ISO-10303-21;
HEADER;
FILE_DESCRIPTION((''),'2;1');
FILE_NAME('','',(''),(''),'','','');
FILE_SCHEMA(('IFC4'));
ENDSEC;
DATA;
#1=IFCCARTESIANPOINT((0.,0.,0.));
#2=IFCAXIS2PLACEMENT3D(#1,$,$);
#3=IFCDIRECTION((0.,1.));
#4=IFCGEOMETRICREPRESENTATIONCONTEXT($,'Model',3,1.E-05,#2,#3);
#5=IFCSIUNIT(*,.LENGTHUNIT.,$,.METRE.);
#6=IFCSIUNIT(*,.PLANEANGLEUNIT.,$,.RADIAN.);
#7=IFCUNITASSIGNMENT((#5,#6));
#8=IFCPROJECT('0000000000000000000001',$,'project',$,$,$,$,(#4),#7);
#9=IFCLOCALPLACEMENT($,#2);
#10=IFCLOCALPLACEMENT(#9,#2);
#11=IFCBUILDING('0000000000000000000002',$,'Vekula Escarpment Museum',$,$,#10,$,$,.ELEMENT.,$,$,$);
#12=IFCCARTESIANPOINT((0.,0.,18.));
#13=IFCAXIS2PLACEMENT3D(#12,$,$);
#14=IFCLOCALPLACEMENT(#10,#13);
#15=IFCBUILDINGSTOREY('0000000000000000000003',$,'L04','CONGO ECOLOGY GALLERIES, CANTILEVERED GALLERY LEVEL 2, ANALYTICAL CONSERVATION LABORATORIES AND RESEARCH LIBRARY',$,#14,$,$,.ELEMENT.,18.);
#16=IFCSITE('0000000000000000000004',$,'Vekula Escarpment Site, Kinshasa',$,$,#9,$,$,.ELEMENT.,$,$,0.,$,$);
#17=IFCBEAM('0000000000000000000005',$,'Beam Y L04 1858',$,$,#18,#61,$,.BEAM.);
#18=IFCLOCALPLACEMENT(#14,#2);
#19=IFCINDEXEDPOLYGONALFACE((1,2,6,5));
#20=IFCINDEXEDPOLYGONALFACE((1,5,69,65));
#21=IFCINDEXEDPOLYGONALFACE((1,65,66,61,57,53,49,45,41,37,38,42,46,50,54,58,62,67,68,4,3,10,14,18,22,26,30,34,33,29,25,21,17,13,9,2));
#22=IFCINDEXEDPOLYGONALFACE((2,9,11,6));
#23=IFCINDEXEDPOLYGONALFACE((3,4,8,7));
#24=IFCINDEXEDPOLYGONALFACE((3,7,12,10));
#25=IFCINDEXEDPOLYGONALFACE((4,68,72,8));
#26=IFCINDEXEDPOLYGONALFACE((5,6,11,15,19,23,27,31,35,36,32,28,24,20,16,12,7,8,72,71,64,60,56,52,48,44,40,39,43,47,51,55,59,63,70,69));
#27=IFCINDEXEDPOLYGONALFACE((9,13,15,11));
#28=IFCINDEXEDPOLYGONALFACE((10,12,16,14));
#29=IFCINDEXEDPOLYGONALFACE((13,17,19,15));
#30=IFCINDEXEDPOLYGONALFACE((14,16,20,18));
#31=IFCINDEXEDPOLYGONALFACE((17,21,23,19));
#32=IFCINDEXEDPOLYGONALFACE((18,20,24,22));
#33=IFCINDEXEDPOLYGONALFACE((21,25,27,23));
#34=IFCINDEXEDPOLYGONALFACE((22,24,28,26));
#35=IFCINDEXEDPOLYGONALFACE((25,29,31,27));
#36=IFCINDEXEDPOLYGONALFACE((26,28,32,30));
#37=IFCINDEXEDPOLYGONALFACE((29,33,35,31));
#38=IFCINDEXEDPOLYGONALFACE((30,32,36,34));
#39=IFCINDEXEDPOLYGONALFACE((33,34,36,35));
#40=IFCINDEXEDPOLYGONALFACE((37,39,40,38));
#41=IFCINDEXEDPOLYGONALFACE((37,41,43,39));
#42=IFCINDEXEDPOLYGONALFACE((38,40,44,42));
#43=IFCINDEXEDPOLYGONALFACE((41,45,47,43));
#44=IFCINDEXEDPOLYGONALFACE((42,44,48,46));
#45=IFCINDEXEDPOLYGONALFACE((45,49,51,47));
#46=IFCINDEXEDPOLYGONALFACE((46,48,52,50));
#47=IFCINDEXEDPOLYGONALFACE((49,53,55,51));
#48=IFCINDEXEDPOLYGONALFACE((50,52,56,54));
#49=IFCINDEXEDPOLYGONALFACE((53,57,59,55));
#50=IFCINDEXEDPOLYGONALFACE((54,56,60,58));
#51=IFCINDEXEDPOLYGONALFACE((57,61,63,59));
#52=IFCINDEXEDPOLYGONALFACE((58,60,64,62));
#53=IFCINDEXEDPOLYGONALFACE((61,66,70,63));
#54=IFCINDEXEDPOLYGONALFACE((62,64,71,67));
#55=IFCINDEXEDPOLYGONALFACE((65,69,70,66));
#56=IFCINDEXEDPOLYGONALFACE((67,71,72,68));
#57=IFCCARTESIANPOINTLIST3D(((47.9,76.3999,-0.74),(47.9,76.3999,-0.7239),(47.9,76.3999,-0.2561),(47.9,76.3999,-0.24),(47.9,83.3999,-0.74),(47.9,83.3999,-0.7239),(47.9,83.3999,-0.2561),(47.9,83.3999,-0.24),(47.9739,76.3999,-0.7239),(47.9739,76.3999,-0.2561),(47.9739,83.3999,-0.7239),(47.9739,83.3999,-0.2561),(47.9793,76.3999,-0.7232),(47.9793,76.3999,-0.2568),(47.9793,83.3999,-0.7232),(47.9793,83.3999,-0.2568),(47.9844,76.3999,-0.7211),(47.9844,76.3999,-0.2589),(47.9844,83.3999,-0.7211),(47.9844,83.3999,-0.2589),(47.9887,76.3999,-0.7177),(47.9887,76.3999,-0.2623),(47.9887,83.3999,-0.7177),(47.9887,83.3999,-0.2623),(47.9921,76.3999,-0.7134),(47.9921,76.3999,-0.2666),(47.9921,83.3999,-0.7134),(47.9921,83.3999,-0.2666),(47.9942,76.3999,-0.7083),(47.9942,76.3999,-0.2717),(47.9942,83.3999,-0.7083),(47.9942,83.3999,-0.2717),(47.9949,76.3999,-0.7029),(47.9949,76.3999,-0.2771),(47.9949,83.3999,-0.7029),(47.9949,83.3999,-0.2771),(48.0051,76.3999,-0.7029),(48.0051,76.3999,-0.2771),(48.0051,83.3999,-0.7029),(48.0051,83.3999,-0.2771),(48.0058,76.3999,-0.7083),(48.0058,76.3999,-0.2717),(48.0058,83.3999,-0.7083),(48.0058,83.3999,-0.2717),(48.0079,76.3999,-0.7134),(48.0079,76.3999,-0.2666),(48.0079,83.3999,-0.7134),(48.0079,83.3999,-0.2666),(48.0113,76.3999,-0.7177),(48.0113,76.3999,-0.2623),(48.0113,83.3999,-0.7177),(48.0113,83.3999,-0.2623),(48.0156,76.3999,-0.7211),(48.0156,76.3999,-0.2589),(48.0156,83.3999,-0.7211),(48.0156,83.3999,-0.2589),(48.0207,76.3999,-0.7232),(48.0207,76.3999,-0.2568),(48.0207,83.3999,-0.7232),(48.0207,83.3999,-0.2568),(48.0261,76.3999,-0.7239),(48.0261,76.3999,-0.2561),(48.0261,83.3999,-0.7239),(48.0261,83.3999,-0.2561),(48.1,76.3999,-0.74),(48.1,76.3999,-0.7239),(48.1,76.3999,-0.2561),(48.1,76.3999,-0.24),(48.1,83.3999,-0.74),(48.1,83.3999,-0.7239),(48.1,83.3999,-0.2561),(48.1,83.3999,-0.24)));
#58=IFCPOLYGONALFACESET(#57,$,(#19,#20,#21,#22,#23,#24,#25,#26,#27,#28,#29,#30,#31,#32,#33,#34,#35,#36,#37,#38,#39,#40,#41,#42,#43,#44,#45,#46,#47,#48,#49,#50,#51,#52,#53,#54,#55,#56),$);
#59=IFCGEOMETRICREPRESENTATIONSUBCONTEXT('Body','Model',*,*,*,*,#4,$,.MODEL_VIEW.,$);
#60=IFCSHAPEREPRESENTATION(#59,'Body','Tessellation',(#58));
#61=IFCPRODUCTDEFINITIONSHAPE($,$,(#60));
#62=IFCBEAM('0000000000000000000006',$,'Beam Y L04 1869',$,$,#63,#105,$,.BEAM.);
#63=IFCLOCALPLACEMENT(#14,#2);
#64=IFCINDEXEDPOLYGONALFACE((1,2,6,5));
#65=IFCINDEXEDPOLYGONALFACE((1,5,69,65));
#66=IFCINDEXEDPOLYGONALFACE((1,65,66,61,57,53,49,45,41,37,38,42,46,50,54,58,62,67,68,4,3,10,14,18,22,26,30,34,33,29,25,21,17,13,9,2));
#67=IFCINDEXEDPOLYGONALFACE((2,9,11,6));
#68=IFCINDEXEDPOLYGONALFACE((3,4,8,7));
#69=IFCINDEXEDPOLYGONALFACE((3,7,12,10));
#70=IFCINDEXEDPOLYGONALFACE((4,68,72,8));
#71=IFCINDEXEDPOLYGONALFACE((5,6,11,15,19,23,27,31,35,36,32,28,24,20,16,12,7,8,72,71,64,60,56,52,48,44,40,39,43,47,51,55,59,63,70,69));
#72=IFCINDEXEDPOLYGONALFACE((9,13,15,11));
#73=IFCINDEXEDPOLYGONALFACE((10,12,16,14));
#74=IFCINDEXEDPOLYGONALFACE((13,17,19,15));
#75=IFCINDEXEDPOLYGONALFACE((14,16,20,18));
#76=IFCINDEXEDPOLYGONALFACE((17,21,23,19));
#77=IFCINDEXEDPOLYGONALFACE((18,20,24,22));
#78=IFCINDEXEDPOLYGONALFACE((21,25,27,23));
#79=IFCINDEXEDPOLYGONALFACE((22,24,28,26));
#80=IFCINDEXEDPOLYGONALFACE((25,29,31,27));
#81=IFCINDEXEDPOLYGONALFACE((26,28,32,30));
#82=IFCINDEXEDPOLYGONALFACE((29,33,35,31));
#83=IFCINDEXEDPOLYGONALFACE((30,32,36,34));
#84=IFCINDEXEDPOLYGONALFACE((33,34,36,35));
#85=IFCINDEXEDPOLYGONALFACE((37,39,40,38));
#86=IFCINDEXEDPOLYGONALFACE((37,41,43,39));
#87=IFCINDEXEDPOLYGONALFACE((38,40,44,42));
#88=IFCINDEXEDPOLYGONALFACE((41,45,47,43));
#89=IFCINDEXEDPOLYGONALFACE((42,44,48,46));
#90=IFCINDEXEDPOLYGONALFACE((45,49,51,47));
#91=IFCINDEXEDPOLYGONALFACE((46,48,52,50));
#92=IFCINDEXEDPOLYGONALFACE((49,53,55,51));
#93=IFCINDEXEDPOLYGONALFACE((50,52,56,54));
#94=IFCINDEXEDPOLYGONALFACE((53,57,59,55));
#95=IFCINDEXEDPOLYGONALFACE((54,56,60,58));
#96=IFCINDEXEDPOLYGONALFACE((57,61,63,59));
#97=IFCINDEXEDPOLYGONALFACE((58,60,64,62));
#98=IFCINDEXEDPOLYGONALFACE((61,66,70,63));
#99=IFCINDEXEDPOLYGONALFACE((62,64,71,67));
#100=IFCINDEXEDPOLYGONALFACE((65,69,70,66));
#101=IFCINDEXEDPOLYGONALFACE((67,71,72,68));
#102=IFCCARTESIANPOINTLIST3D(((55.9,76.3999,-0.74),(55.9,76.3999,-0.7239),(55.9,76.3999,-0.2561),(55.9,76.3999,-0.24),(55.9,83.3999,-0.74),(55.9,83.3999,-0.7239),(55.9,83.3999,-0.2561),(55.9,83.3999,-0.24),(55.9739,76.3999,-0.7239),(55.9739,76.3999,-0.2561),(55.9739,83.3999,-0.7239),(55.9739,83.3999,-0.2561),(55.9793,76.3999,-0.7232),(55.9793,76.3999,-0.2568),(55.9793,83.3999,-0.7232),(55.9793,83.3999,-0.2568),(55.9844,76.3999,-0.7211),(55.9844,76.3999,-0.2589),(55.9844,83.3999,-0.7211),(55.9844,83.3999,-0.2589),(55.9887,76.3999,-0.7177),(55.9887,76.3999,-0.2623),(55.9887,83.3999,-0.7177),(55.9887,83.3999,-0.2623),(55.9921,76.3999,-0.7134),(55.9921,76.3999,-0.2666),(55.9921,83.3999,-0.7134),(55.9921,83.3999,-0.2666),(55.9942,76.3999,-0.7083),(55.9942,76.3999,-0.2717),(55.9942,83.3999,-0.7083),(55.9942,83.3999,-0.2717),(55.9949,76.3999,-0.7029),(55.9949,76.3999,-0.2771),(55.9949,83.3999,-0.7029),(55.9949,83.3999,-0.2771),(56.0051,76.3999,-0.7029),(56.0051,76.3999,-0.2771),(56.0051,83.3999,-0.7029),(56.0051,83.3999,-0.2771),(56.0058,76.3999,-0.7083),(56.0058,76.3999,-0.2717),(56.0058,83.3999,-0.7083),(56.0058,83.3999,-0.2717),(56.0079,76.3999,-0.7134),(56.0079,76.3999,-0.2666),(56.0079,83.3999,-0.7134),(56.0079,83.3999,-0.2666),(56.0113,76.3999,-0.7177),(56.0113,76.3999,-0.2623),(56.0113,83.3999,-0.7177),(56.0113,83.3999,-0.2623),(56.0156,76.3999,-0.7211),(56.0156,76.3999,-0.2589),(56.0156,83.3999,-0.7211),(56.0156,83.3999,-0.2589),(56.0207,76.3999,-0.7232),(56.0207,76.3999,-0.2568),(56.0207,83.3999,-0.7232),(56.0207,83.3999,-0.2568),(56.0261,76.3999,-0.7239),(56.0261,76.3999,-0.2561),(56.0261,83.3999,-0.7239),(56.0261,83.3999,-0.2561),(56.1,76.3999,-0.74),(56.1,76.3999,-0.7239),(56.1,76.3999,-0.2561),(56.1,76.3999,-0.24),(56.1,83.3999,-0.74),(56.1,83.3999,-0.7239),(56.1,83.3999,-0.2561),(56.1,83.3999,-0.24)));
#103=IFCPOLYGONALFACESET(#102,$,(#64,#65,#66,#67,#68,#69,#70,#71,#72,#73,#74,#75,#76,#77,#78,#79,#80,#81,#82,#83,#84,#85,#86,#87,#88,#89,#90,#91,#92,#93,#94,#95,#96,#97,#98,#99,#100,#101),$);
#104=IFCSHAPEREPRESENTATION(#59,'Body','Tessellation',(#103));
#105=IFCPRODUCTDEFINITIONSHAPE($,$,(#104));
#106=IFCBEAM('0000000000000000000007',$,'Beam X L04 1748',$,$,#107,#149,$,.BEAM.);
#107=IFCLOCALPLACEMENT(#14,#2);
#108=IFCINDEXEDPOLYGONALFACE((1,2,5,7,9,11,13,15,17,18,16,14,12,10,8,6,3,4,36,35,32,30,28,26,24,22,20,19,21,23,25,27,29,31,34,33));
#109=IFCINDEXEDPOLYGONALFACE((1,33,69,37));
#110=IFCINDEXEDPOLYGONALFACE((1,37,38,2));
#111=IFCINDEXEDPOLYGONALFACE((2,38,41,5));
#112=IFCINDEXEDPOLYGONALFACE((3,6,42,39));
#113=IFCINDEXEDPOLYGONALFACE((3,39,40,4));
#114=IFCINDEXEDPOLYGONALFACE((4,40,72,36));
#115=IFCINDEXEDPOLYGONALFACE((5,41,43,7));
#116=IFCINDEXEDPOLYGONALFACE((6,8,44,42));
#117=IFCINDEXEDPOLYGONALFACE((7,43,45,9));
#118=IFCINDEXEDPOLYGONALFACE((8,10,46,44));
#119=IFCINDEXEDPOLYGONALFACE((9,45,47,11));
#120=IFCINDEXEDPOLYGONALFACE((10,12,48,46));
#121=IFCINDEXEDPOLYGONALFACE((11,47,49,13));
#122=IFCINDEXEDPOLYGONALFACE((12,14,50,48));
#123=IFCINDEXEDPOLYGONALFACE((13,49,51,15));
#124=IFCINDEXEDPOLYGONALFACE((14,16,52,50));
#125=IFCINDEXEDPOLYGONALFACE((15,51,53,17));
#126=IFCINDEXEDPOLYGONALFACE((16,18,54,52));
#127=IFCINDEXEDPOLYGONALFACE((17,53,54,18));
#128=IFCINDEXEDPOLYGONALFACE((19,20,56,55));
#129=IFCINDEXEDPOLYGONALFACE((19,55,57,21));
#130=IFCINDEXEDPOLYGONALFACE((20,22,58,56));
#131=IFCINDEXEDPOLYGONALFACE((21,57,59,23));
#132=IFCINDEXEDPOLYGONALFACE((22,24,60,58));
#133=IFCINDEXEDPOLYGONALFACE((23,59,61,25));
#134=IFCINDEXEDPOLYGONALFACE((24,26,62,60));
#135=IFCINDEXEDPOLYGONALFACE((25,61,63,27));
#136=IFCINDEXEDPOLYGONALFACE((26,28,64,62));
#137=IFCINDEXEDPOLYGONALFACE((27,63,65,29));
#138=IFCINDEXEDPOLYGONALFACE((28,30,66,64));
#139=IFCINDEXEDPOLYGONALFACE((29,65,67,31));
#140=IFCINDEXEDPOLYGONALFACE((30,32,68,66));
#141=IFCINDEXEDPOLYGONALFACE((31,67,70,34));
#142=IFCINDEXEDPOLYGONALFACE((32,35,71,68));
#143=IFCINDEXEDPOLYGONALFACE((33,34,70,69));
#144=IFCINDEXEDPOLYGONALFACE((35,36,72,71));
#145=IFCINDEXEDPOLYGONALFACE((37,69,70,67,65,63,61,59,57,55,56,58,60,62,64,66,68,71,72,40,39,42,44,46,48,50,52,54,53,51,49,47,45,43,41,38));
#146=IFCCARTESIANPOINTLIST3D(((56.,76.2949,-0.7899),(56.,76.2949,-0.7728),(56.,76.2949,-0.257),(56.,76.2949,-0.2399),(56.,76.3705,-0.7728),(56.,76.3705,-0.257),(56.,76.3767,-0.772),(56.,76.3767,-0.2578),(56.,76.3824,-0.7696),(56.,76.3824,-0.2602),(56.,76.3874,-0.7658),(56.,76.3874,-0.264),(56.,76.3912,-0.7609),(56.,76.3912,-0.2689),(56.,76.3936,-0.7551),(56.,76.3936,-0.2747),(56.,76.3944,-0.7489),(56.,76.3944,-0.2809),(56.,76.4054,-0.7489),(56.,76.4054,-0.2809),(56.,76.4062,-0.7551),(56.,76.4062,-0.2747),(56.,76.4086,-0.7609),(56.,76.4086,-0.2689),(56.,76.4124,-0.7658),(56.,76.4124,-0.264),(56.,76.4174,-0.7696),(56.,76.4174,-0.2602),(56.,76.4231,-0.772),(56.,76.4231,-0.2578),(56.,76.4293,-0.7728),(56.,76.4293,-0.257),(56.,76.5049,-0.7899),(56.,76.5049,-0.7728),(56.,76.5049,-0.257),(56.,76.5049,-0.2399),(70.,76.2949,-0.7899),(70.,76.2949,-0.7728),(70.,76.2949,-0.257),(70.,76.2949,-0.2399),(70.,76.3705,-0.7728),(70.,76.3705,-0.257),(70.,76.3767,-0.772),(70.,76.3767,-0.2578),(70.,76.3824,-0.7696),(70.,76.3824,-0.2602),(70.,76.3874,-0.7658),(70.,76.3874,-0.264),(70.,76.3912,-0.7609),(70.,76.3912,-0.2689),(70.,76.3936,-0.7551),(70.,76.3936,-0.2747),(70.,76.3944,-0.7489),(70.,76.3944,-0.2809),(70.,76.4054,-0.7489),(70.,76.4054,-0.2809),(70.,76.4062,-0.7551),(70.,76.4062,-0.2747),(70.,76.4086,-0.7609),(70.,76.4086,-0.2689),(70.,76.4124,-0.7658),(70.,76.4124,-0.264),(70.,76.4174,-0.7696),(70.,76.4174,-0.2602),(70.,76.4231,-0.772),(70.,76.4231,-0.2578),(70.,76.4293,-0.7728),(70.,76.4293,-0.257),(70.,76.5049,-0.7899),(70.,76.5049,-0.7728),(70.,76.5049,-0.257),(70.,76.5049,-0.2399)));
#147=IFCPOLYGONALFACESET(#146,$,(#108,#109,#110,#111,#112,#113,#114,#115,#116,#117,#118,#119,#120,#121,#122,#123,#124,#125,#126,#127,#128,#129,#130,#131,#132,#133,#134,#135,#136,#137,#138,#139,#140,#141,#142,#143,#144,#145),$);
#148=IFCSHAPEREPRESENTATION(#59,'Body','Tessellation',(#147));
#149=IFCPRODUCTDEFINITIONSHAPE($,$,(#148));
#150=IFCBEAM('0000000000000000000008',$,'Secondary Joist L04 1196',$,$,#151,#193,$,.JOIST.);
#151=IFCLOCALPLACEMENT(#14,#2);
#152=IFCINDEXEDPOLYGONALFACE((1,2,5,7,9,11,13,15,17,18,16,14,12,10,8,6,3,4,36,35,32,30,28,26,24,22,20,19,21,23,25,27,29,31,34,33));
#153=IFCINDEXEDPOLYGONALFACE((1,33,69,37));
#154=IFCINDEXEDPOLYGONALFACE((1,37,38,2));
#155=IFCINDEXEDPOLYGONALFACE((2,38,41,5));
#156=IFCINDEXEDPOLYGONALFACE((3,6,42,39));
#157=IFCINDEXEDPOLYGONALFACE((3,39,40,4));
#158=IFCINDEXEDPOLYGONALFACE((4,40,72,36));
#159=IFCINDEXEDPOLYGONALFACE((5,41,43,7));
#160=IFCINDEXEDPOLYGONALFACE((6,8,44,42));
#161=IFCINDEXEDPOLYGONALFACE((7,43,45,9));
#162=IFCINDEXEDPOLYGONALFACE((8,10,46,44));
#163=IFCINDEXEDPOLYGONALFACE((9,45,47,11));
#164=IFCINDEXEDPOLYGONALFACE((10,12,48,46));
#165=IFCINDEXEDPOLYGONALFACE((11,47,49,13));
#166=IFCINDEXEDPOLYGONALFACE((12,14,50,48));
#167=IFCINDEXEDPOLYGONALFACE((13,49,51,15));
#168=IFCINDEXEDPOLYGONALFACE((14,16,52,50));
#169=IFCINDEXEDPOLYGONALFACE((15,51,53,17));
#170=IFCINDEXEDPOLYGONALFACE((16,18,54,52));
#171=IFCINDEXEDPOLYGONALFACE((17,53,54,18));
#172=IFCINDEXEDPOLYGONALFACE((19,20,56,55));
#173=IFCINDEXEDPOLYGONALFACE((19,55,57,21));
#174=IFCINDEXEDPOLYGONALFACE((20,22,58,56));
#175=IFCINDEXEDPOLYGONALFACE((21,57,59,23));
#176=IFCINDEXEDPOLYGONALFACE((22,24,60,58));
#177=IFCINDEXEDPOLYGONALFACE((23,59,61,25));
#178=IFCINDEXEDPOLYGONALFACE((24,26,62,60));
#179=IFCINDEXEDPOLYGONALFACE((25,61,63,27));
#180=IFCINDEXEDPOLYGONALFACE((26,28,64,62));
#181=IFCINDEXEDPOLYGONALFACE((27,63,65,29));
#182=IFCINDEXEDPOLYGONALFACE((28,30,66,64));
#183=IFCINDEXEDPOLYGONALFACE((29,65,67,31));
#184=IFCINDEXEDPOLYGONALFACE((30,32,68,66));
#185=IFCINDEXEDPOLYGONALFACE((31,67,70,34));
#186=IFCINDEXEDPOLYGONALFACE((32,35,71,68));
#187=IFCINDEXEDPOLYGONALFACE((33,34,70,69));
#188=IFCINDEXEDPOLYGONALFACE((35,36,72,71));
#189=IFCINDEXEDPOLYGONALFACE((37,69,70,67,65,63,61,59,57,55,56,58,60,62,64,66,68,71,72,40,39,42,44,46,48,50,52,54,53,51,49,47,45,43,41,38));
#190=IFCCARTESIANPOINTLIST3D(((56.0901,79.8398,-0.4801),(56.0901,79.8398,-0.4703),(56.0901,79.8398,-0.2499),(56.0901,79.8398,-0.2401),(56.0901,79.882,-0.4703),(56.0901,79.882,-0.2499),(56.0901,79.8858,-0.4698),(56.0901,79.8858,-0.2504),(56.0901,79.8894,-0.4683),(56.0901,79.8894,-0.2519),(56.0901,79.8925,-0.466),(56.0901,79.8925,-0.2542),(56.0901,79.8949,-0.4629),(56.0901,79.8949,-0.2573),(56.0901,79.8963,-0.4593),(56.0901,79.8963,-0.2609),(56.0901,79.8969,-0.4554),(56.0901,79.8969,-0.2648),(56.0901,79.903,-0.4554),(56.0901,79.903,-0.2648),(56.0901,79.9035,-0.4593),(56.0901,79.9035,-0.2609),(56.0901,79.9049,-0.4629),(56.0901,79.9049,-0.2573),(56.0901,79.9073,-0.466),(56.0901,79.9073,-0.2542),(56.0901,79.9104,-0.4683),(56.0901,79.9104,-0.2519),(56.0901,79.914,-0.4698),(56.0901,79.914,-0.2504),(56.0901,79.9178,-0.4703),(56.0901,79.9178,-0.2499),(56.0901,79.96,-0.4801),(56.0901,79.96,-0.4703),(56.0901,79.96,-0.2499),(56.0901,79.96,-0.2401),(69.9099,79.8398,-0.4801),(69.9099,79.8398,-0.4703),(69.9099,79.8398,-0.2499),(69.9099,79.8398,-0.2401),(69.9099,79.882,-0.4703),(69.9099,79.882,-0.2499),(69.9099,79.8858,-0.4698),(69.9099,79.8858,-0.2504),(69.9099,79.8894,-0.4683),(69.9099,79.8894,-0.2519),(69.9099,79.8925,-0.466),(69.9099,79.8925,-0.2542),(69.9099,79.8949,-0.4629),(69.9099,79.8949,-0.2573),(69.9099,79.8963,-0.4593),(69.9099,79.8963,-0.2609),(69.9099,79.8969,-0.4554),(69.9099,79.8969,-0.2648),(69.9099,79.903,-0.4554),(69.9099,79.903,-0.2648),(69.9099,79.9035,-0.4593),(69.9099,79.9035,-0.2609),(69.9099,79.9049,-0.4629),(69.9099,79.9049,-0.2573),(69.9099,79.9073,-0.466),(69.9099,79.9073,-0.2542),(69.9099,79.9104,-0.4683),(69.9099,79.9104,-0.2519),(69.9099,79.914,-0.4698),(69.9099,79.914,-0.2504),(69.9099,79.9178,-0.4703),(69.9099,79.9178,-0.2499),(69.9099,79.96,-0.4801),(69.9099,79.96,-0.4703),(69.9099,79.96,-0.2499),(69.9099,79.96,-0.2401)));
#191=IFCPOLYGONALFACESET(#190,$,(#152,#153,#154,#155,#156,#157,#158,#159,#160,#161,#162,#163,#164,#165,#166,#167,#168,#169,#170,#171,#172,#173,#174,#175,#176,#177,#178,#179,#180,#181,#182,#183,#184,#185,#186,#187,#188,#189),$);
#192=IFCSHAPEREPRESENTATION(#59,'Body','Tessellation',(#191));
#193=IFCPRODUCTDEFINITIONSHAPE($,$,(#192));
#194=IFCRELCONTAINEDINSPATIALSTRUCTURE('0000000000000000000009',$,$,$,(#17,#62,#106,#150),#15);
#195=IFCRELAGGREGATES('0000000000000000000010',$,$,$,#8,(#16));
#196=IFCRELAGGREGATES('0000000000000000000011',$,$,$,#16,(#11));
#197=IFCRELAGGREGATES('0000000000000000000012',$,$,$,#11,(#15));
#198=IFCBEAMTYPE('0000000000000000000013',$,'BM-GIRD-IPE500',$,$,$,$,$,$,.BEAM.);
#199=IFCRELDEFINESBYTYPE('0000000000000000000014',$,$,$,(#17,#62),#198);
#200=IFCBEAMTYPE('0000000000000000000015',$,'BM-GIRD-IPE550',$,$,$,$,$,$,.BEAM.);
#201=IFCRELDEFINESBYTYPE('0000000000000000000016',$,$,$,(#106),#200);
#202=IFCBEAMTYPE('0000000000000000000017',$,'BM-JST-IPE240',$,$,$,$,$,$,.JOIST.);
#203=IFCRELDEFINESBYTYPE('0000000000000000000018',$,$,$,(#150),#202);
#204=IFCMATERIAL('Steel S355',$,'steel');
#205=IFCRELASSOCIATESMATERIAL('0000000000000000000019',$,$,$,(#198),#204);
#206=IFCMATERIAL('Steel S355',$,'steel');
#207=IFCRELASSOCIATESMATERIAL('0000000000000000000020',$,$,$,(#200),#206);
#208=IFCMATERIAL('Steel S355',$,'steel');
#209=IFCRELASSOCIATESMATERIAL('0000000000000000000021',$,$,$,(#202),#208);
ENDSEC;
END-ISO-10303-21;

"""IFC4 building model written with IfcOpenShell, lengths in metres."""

from ifc_helpers import new_model, si_unit, direction, frame, origin, origin_2d, place, context, subcontext, project, spatial, i_section, extrude, material, material_profile, profile_set, type_object, element, save


model = new_model("IFC4")

# Units and contexts
model_context = context("Model", 3, precision=1e-05, world=origin(), true_north=direction((0.0, 1.0)))
body_context = subcontext(model_context, "Body", "Model", "MODEL_VIEW")
ifc_project = project(units=[si_unit("LENGTHUNIT", "METRE"), si_unit("PLANEANGLEUNIT", "RADIAN")], contexts=[model_context])

# Site, building, storey
site_placement = place(None, origin())
site = spatial("IfcSite", under=ifc_project, at=site_placement, Name="Vekula Escarpment Site, Kinshasa", CompositionType="ELEMENT", RefElevation=0.0)
building_placement = place(site_placement, origin())
building = spatial("IfcBuilding", under=site, at=building_placement, Name="Vekula Escarpment Museum", CompositionType="ELEMENT")
storey_placement = place(building_placement, frame((0.0, 0.0, 18.0)))
storey = spatial("IfcBuildingStorey", under=building, at=storey_placement, Name="L04", Description="CONGO ECOLOGY GALLERIES, CANTILEVERED GALLERY LEVEL 2, ANALYTICAL CONSERVATION LABORATORIES AND RESEARCH LIBRARY", CompositionType="ELEMENT", Elevation=18.0)

# Beams
ifc_material_1 = material(Name="Steel S355", Category="steel")
ifc_material_profile_1 = material_profile(ifc_material_1, i_section(OverallWidth=0.2, OverallDepth=0.5, WebThickness=0.0103, FlangeThickness=0.0161, FilletRadius=0.021, at=origin_2d()), Name="IPE 500")
ifc_profile_set_1 = profile_set([ifc_material_profile_1], Name="Steel S355")
beam_type_1 = type_object("IfcBeamType", Name="BM-GIRD-IPE500", PredefinedType="BEAM", material=ifc_profile_set_1)
for number, where, z_axis, x_axis, name in (
    (1, (48.0, 76.3999, -0.49), (0.0, 1.0, 0.0), (-1.0, 0.0, 0.0), "Beam Y L04 1858"),
    (2, (56.0, 76.3999, -0.49), (0.0, 1.0, 0.0), (-1.0, 0.0, 0.0), "Beam Y L04 1869"),
):
    element("IfcBeam", number, at=place(storey_placement, frame(where, z_axis=z_axis, x_axis=x_axis)), inside=storey, type_object=beam_type_1, Name=name, PredefinedType="BEAM", context=body_context, shape_type="SweptSolid", body=[
        extrude(i_section(OverallWidth=0.2, OverallDepth=0.5, WebThickness=0.0103, FlangeThickness=0.0161, FilletRadius=0.021, at=origin_2d()), origin(), (0.0, 0.0, 1.0), 7.0),
    ])
ifc_material_2 = material(Name="Steel S355", Category="steel")
ifc_material_profile_2 = material_profile(ifc_material_2, i_section(OverallWidth=0.21, OverallDepth=0.55, WebThickness=0.011, FlangeThickness=0.0171, FilletRadius=0.0239, at=origin_2d()), Name="IPE 550")
ifc_profile_set_2 = profile_set([ifc_material_profile_2], Name="Steel S355")
beam_type_2 = type_object("IfcBeamType", Name="BM-GIRD-IPE550", PredefinedType="BEAM", material=ifc_profile_set_2)
beam_1_placement = place(storey_placement, frame((56.0, 76.3999, -0.5149), z_axis=(1.0, 0.0, 0.0), x_axis=(0.0, 1.0, 0.0)))
element("IfcBeam", 3, at=beam_1_placement, inside=storey, type_object=beam_type_2, Name="Beam X L04 1748", PredefinedType="BEAM", context=body_context, shape_type="SweptSolid", body=[
    extrude(i_section(OverallWidth=0.21, OverallDepth=0.55, WebThickness=0.011, FlangeThickness=0.0171, FilletRadius=0.0239, at=origin_2d()), origin(), (0.0, 0.0, 1.0), 14.0),
])
ifc_material_3 = material(Name="Steel S355", Category="steel")
ifc_material_profile_3 = material_profile(ifc_material_3, i_section(OverallWidth=0.1201, OverallDepth=0.24, WebThickness=0.0061, FlangeThickness=0.0098, FilletRadius=0.0149, at=origin_2d()), Name="IPE 240")
ifc_profile_set_3 = profile_set([ifc_material_profile_3], Name="Steel S355")
beam_type_3 = type_object("IfcBeamType", Name="BM-JST-IPE240", PredefinedType="JOIST", material=ifc_profile_set_3)
beam_2_placement = place(storey_placement, frame((56.0901, 79.8999, -0.3601), z_axis=(1.0, 0.0, 0.0), x_axis=(0.0, 1.0, 0.0)))
element("IfcBeam", 4, at=beam_2_placement, inside=storey, type_object=beam_type_3, Name="Secondary Joist L04 1196", PredefinedType="JOIST", context=body_context, shape_type="SweptSolid", body=[
    extrude(i_section(OverallWidth=0.1201, OverallDepth=0.24, WebThickness=0.0061, FlangeThickness=0.0098, FilletRadius=0.0149, at=origin_2d()), origin(), (0.0, 0.0, 1.0), 13.8198),
])

save(model, "model.ifc")
